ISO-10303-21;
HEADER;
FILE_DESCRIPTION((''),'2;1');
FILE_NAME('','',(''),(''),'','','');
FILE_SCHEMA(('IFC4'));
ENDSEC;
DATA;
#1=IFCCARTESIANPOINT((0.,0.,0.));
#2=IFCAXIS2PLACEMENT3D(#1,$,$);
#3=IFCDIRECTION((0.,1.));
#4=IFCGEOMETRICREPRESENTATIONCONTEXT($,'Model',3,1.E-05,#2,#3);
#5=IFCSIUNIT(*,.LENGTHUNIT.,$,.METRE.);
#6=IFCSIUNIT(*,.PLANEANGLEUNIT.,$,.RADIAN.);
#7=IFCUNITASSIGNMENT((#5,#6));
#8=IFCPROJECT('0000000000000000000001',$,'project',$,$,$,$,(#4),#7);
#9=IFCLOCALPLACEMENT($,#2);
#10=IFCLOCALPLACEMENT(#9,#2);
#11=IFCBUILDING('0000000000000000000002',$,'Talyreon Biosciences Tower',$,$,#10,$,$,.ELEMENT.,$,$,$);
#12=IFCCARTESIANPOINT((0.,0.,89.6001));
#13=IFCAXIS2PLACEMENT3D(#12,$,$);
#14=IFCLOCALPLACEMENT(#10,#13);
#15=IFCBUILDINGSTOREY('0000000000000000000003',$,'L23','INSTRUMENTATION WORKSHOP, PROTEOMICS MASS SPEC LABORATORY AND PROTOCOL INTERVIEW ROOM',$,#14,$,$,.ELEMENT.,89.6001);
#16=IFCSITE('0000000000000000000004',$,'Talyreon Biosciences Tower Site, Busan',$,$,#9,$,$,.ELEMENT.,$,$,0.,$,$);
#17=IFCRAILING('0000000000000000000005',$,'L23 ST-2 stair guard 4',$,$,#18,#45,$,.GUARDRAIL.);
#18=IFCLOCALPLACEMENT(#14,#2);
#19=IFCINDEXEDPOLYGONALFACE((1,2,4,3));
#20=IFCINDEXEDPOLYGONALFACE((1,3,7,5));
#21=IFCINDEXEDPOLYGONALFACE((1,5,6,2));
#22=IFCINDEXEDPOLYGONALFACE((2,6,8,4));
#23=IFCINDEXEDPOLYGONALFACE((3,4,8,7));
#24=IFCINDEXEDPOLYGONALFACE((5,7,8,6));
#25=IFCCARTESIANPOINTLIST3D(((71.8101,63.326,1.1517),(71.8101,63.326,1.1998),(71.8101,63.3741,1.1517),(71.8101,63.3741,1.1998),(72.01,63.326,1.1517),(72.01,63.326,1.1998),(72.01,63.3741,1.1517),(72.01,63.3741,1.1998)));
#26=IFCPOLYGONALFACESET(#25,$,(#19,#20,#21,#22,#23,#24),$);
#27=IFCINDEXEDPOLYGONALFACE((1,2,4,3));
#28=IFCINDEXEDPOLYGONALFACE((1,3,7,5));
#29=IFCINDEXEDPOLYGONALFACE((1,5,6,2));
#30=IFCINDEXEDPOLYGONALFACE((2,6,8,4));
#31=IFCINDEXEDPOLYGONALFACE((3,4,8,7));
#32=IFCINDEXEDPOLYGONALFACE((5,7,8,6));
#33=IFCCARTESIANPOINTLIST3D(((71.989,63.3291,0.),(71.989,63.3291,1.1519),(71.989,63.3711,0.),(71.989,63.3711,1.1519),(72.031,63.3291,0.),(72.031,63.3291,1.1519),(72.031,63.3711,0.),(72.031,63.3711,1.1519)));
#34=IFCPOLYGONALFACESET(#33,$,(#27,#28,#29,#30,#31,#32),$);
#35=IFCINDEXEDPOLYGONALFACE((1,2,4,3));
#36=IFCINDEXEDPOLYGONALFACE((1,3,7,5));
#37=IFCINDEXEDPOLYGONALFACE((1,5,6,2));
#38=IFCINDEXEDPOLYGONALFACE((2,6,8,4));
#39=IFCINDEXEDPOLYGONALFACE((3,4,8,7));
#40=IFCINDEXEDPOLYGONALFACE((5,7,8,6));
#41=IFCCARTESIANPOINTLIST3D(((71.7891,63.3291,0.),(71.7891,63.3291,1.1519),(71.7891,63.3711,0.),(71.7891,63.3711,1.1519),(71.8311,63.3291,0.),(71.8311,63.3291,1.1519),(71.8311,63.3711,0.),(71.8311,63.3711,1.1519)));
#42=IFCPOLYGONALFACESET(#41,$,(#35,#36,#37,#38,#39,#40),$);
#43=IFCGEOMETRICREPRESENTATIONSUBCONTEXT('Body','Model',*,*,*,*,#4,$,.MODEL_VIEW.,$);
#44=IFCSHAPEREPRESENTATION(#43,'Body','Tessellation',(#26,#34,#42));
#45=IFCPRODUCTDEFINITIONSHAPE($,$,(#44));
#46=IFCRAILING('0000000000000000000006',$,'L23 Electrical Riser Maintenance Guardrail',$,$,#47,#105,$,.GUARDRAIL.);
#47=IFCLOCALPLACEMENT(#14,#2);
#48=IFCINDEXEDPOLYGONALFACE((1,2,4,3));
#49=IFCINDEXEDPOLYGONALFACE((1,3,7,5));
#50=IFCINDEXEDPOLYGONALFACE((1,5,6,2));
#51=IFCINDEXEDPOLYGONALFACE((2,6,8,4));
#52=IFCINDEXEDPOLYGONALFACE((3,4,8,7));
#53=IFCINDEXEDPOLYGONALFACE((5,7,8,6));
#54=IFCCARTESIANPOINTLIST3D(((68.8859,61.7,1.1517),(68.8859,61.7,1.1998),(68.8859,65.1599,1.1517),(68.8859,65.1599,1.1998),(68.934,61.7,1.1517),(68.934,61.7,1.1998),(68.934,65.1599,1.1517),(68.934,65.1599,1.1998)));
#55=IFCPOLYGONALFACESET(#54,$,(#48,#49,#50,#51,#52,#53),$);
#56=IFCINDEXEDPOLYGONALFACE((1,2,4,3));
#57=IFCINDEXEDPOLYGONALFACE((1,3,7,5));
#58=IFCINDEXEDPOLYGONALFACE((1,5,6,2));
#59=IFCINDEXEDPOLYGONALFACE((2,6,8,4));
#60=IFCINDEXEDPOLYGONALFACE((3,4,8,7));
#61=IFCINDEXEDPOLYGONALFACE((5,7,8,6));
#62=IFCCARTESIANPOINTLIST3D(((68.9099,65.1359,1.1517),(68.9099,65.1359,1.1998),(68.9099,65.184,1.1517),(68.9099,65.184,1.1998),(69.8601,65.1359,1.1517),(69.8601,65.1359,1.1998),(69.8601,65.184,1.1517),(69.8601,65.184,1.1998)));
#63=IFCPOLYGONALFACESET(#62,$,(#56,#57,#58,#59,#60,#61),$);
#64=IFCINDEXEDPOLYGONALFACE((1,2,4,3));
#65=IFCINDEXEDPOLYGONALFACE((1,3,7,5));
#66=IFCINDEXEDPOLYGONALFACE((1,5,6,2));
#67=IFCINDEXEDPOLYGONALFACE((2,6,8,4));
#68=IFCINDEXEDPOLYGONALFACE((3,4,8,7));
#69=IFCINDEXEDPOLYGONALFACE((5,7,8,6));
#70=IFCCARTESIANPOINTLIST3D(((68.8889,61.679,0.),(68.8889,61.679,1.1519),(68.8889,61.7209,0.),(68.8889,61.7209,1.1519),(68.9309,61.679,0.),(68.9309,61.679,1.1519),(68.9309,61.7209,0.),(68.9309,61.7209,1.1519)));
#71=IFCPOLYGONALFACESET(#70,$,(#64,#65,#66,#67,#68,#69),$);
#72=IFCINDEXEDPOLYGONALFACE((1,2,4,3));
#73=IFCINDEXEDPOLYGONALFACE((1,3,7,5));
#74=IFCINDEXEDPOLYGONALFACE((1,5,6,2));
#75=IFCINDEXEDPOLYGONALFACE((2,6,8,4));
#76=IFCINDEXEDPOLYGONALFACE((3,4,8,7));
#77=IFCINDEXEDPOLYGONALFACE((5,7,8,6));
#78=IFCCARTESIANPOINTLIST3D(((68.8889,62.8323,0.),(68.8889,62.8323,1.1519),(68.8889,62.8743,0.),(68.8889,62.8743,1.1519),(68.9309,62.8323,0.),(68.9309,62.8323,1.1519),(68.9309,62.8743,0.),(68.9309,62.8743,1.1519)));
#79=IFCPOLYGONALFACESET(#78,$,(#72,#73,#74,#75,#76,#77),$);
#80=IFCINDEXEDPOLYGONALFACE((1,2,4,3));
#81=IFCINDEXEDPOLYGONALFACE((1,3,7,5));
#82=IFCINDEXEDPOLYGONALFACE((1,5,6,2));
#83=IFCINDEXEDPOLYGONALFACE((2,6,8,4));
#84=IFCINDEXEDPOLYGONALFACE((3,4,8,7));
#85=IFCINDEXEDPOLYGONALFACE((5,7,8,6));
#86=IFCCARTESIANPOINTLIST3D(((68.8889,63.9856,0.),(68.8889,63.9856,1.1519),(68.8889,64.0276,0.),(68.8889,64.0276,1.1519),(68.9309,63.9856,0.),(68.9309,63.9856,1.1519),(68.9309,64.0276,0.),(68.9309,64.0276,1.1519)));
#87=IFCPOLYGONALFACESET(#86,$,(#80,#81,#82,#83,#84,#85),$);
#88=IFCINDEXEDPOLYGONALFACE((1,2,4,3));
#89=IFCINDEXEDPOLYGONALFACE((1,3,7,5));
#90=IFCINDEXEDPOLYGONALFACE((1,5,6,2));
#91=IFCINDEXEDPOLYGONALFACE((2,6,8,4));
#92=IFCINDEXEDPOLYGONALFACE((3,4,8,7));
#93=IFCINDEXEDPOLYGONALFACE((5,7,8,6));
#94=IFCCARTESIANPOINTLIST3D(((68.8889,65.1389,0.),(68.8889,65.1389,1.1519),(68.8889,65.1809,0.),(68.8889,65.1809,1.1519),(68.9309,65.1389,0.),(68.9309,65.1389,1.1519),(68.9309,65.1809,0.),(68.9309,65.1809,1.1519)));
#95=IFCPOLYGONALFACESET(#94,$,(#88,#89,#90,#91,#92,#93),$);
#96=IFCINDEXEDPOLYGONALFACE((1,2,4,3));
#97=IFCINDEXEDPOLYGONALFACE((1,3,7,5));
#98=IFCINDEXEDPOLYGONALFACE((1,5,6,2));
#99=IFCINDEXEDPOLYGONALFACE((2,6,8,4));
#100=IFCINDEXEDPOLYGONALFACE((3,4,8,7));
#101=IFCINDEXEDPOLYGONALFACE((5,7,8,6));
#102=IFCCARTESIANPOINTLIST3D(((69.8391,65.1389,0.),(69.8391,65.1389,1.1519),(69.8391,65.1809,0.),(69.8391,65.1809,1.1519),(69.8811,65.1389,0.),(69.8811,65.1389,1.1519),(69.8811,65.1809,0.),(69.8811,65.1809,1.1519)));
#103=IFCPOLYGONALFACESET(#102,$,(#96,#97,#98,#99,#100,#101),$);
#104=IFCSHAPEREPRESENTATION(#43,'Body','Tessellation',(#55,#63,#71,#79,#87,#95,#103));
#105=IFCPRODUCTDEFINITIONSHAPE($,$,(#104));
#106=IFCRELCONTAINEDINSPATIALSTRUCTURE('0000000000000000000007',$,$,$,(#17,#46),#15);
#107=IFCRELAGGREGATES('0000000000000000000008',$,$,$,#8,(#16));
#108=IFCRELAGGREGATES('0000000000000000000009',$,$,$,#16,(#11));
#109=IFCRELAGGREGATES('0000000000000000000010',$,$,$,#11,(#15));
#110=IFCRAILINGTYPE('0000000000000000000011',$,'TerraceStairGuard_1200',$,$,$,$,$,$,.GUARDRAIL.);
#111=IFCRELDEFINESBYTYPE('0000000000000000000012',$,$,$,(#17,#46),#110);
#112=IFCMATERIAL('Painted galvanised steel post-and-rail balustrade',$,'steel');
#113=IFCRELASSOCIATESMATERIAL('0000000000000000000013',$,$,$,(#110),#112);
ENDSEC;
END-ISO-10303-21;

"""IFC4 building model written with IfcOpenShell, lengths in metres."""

from ifc_helpers import new_model, si_unit, direction, frame, origin, origin_2d, place, context, subcontext, project, spatial, rectangle, extrude, material, type_object, element, save


model = new_model("IFC4")

# Units and contexts
model_context = context("Model", 3, precision=1e-05, world=origin(), true_north=direction((0.0, 1.0)))
body_context = subcontext(model_context, "Body", "Model", "MODEL_VIEW")
ifc_project = project(units=[si_unit("LENGTHUNIT", "METRE"), si_unit("PLANEANGLEUNIT", "RADIAN")], contexts=[model_context])

# Site, building, storey
site_placement = place(None, origin())
site = spatial("IfcSite", under=ifc_project, at=site_placement, Name="Talyreon Biosciences Tower Site, Busan", CompositionType="ELEMENT", RefElevation=0.0)
building_placement = place(site_placement, origin())
building = spatial("IfcBuilding", under=site, at=building_placement, Name="Talyreon Biosciences Tower", CompositionType="ELEMENT")
storey_placement = place(building_placement, frame((0.0, 0.0, 89.6001)))
storey = spatial("IfcBuildingStorey", under=building, at=storey_placement, Name="L23", Description="INSTRUMENTATION WORKSHOP, PROTEOMICS MASS SPEC LABORATORY AND PROTOCOL INTERVIEW ROOM", CompositionType="ELEMENT", Elevation=89.6001)

# Railings
ifc_material_1 = material(Name="Painted galvanised steel post-and-rail balustrade", Category="steel")
railing_type_1 = type_object("IfcRailingType", Name="TerraceStairGuard_1200", PredefinedType="GUARDRAIL", material=ifc_material_1)
railing_1_placement = place(storey_placement, frame((72.01, 63.3501, 0.0)))
element("IfcRailing", 1, at=railing_1_placement, inside=storey, type_object=railing_type_1, Name="L23 ST-2 stair guard 4", PredefinedType="GUARDRAIL", context=body_context, shape_type="SweptSolid", body=[
    extrude(rectangle(XDim=0.0481, YDim=0.0481, at=origin_2d()), frame((0.0, 0.0, 1.1758), z_axis=(-1.0, 0.0, 0.0), x_axis=(0.0, -1.0, 0.0)), (0.0, 0.0, 1.0), 0.2),
    extrude(rectangle(XDim=0.042, YDim=0.042, at=origin_2d()), origin(), (0.0, 0.0, 1.0), 1.1519),
    extrude(rectangle(XDim=0.042, YDim=0.042, at=origin_2d()), frame((-0.2, 0.0, 0.0)), (0.0, 0.0, 1.0), 1.1519),
])
railing_2_placement = place(storey_placement, frame((68.9099, 61.7, 0.0)))
element("IfcRailing", 2, at=railing_2_placement, inside=storey, type_object=railing_type_1, Name="L23 Electrical Riser Maintenance Guardrail", PredefinedType="GUARDRAIL", context=body_context, shape_type="SweptSolid", body=[
    extrude(rectangle(XDim=0.0481, YDim=0.0481, at=origin_2d()), frame((0.0, 0.0, 1.1758), z_axis=(0.0, 1.0, 0.0), x_axis=(-1.0, 0.0, 0.0)), (0.0, 0.0, 1.0), 3.46),
    extrude(rectangle(XDim=0.0481, YDim=0.0481, at=origin_2d()), frame((0.0, 3.46, 1.1758), z_axis=(1.0, 0.0, 0.0), x_axis=(0.0, 1.0, 0.0)), (0.0, 0.0, 1.0), 0.9502),
    extrude(rectangle(XDim=0.042, YDim=0.042, at=origin_2d()), origin(), (0.0, 0.0, 1.0), 1.1519),
    extrude(rectangle(XDim=0.042, YDim=0.042, at=origin_2d()), frame((0.0, 1.1533, 0.0)), (0.0, 0.0, 1.0), 1.1519),
    extrude(rectangle(XDim=0.042, YDim=0.042, at=origin_2d()), frame((0.0, 2.3066, 0.0)), (0.0, 0.0, 1.0), 1.1519),
    extrude(rectangle(XDim=0.042, YDim=0.042, at=origin_2d()), frame((0.0, 3.46, 0.0)), (0.0, 0.0, 1.0), 1.1519),
    extrude(rectangle(XDim=0.042, YDim=0.042, at=origin_2d()), frame((0.9502, 3.46, 0.0)), (0.0, 0.0, 1.0), 1.1519),
])

save(model, "model.ifc")
